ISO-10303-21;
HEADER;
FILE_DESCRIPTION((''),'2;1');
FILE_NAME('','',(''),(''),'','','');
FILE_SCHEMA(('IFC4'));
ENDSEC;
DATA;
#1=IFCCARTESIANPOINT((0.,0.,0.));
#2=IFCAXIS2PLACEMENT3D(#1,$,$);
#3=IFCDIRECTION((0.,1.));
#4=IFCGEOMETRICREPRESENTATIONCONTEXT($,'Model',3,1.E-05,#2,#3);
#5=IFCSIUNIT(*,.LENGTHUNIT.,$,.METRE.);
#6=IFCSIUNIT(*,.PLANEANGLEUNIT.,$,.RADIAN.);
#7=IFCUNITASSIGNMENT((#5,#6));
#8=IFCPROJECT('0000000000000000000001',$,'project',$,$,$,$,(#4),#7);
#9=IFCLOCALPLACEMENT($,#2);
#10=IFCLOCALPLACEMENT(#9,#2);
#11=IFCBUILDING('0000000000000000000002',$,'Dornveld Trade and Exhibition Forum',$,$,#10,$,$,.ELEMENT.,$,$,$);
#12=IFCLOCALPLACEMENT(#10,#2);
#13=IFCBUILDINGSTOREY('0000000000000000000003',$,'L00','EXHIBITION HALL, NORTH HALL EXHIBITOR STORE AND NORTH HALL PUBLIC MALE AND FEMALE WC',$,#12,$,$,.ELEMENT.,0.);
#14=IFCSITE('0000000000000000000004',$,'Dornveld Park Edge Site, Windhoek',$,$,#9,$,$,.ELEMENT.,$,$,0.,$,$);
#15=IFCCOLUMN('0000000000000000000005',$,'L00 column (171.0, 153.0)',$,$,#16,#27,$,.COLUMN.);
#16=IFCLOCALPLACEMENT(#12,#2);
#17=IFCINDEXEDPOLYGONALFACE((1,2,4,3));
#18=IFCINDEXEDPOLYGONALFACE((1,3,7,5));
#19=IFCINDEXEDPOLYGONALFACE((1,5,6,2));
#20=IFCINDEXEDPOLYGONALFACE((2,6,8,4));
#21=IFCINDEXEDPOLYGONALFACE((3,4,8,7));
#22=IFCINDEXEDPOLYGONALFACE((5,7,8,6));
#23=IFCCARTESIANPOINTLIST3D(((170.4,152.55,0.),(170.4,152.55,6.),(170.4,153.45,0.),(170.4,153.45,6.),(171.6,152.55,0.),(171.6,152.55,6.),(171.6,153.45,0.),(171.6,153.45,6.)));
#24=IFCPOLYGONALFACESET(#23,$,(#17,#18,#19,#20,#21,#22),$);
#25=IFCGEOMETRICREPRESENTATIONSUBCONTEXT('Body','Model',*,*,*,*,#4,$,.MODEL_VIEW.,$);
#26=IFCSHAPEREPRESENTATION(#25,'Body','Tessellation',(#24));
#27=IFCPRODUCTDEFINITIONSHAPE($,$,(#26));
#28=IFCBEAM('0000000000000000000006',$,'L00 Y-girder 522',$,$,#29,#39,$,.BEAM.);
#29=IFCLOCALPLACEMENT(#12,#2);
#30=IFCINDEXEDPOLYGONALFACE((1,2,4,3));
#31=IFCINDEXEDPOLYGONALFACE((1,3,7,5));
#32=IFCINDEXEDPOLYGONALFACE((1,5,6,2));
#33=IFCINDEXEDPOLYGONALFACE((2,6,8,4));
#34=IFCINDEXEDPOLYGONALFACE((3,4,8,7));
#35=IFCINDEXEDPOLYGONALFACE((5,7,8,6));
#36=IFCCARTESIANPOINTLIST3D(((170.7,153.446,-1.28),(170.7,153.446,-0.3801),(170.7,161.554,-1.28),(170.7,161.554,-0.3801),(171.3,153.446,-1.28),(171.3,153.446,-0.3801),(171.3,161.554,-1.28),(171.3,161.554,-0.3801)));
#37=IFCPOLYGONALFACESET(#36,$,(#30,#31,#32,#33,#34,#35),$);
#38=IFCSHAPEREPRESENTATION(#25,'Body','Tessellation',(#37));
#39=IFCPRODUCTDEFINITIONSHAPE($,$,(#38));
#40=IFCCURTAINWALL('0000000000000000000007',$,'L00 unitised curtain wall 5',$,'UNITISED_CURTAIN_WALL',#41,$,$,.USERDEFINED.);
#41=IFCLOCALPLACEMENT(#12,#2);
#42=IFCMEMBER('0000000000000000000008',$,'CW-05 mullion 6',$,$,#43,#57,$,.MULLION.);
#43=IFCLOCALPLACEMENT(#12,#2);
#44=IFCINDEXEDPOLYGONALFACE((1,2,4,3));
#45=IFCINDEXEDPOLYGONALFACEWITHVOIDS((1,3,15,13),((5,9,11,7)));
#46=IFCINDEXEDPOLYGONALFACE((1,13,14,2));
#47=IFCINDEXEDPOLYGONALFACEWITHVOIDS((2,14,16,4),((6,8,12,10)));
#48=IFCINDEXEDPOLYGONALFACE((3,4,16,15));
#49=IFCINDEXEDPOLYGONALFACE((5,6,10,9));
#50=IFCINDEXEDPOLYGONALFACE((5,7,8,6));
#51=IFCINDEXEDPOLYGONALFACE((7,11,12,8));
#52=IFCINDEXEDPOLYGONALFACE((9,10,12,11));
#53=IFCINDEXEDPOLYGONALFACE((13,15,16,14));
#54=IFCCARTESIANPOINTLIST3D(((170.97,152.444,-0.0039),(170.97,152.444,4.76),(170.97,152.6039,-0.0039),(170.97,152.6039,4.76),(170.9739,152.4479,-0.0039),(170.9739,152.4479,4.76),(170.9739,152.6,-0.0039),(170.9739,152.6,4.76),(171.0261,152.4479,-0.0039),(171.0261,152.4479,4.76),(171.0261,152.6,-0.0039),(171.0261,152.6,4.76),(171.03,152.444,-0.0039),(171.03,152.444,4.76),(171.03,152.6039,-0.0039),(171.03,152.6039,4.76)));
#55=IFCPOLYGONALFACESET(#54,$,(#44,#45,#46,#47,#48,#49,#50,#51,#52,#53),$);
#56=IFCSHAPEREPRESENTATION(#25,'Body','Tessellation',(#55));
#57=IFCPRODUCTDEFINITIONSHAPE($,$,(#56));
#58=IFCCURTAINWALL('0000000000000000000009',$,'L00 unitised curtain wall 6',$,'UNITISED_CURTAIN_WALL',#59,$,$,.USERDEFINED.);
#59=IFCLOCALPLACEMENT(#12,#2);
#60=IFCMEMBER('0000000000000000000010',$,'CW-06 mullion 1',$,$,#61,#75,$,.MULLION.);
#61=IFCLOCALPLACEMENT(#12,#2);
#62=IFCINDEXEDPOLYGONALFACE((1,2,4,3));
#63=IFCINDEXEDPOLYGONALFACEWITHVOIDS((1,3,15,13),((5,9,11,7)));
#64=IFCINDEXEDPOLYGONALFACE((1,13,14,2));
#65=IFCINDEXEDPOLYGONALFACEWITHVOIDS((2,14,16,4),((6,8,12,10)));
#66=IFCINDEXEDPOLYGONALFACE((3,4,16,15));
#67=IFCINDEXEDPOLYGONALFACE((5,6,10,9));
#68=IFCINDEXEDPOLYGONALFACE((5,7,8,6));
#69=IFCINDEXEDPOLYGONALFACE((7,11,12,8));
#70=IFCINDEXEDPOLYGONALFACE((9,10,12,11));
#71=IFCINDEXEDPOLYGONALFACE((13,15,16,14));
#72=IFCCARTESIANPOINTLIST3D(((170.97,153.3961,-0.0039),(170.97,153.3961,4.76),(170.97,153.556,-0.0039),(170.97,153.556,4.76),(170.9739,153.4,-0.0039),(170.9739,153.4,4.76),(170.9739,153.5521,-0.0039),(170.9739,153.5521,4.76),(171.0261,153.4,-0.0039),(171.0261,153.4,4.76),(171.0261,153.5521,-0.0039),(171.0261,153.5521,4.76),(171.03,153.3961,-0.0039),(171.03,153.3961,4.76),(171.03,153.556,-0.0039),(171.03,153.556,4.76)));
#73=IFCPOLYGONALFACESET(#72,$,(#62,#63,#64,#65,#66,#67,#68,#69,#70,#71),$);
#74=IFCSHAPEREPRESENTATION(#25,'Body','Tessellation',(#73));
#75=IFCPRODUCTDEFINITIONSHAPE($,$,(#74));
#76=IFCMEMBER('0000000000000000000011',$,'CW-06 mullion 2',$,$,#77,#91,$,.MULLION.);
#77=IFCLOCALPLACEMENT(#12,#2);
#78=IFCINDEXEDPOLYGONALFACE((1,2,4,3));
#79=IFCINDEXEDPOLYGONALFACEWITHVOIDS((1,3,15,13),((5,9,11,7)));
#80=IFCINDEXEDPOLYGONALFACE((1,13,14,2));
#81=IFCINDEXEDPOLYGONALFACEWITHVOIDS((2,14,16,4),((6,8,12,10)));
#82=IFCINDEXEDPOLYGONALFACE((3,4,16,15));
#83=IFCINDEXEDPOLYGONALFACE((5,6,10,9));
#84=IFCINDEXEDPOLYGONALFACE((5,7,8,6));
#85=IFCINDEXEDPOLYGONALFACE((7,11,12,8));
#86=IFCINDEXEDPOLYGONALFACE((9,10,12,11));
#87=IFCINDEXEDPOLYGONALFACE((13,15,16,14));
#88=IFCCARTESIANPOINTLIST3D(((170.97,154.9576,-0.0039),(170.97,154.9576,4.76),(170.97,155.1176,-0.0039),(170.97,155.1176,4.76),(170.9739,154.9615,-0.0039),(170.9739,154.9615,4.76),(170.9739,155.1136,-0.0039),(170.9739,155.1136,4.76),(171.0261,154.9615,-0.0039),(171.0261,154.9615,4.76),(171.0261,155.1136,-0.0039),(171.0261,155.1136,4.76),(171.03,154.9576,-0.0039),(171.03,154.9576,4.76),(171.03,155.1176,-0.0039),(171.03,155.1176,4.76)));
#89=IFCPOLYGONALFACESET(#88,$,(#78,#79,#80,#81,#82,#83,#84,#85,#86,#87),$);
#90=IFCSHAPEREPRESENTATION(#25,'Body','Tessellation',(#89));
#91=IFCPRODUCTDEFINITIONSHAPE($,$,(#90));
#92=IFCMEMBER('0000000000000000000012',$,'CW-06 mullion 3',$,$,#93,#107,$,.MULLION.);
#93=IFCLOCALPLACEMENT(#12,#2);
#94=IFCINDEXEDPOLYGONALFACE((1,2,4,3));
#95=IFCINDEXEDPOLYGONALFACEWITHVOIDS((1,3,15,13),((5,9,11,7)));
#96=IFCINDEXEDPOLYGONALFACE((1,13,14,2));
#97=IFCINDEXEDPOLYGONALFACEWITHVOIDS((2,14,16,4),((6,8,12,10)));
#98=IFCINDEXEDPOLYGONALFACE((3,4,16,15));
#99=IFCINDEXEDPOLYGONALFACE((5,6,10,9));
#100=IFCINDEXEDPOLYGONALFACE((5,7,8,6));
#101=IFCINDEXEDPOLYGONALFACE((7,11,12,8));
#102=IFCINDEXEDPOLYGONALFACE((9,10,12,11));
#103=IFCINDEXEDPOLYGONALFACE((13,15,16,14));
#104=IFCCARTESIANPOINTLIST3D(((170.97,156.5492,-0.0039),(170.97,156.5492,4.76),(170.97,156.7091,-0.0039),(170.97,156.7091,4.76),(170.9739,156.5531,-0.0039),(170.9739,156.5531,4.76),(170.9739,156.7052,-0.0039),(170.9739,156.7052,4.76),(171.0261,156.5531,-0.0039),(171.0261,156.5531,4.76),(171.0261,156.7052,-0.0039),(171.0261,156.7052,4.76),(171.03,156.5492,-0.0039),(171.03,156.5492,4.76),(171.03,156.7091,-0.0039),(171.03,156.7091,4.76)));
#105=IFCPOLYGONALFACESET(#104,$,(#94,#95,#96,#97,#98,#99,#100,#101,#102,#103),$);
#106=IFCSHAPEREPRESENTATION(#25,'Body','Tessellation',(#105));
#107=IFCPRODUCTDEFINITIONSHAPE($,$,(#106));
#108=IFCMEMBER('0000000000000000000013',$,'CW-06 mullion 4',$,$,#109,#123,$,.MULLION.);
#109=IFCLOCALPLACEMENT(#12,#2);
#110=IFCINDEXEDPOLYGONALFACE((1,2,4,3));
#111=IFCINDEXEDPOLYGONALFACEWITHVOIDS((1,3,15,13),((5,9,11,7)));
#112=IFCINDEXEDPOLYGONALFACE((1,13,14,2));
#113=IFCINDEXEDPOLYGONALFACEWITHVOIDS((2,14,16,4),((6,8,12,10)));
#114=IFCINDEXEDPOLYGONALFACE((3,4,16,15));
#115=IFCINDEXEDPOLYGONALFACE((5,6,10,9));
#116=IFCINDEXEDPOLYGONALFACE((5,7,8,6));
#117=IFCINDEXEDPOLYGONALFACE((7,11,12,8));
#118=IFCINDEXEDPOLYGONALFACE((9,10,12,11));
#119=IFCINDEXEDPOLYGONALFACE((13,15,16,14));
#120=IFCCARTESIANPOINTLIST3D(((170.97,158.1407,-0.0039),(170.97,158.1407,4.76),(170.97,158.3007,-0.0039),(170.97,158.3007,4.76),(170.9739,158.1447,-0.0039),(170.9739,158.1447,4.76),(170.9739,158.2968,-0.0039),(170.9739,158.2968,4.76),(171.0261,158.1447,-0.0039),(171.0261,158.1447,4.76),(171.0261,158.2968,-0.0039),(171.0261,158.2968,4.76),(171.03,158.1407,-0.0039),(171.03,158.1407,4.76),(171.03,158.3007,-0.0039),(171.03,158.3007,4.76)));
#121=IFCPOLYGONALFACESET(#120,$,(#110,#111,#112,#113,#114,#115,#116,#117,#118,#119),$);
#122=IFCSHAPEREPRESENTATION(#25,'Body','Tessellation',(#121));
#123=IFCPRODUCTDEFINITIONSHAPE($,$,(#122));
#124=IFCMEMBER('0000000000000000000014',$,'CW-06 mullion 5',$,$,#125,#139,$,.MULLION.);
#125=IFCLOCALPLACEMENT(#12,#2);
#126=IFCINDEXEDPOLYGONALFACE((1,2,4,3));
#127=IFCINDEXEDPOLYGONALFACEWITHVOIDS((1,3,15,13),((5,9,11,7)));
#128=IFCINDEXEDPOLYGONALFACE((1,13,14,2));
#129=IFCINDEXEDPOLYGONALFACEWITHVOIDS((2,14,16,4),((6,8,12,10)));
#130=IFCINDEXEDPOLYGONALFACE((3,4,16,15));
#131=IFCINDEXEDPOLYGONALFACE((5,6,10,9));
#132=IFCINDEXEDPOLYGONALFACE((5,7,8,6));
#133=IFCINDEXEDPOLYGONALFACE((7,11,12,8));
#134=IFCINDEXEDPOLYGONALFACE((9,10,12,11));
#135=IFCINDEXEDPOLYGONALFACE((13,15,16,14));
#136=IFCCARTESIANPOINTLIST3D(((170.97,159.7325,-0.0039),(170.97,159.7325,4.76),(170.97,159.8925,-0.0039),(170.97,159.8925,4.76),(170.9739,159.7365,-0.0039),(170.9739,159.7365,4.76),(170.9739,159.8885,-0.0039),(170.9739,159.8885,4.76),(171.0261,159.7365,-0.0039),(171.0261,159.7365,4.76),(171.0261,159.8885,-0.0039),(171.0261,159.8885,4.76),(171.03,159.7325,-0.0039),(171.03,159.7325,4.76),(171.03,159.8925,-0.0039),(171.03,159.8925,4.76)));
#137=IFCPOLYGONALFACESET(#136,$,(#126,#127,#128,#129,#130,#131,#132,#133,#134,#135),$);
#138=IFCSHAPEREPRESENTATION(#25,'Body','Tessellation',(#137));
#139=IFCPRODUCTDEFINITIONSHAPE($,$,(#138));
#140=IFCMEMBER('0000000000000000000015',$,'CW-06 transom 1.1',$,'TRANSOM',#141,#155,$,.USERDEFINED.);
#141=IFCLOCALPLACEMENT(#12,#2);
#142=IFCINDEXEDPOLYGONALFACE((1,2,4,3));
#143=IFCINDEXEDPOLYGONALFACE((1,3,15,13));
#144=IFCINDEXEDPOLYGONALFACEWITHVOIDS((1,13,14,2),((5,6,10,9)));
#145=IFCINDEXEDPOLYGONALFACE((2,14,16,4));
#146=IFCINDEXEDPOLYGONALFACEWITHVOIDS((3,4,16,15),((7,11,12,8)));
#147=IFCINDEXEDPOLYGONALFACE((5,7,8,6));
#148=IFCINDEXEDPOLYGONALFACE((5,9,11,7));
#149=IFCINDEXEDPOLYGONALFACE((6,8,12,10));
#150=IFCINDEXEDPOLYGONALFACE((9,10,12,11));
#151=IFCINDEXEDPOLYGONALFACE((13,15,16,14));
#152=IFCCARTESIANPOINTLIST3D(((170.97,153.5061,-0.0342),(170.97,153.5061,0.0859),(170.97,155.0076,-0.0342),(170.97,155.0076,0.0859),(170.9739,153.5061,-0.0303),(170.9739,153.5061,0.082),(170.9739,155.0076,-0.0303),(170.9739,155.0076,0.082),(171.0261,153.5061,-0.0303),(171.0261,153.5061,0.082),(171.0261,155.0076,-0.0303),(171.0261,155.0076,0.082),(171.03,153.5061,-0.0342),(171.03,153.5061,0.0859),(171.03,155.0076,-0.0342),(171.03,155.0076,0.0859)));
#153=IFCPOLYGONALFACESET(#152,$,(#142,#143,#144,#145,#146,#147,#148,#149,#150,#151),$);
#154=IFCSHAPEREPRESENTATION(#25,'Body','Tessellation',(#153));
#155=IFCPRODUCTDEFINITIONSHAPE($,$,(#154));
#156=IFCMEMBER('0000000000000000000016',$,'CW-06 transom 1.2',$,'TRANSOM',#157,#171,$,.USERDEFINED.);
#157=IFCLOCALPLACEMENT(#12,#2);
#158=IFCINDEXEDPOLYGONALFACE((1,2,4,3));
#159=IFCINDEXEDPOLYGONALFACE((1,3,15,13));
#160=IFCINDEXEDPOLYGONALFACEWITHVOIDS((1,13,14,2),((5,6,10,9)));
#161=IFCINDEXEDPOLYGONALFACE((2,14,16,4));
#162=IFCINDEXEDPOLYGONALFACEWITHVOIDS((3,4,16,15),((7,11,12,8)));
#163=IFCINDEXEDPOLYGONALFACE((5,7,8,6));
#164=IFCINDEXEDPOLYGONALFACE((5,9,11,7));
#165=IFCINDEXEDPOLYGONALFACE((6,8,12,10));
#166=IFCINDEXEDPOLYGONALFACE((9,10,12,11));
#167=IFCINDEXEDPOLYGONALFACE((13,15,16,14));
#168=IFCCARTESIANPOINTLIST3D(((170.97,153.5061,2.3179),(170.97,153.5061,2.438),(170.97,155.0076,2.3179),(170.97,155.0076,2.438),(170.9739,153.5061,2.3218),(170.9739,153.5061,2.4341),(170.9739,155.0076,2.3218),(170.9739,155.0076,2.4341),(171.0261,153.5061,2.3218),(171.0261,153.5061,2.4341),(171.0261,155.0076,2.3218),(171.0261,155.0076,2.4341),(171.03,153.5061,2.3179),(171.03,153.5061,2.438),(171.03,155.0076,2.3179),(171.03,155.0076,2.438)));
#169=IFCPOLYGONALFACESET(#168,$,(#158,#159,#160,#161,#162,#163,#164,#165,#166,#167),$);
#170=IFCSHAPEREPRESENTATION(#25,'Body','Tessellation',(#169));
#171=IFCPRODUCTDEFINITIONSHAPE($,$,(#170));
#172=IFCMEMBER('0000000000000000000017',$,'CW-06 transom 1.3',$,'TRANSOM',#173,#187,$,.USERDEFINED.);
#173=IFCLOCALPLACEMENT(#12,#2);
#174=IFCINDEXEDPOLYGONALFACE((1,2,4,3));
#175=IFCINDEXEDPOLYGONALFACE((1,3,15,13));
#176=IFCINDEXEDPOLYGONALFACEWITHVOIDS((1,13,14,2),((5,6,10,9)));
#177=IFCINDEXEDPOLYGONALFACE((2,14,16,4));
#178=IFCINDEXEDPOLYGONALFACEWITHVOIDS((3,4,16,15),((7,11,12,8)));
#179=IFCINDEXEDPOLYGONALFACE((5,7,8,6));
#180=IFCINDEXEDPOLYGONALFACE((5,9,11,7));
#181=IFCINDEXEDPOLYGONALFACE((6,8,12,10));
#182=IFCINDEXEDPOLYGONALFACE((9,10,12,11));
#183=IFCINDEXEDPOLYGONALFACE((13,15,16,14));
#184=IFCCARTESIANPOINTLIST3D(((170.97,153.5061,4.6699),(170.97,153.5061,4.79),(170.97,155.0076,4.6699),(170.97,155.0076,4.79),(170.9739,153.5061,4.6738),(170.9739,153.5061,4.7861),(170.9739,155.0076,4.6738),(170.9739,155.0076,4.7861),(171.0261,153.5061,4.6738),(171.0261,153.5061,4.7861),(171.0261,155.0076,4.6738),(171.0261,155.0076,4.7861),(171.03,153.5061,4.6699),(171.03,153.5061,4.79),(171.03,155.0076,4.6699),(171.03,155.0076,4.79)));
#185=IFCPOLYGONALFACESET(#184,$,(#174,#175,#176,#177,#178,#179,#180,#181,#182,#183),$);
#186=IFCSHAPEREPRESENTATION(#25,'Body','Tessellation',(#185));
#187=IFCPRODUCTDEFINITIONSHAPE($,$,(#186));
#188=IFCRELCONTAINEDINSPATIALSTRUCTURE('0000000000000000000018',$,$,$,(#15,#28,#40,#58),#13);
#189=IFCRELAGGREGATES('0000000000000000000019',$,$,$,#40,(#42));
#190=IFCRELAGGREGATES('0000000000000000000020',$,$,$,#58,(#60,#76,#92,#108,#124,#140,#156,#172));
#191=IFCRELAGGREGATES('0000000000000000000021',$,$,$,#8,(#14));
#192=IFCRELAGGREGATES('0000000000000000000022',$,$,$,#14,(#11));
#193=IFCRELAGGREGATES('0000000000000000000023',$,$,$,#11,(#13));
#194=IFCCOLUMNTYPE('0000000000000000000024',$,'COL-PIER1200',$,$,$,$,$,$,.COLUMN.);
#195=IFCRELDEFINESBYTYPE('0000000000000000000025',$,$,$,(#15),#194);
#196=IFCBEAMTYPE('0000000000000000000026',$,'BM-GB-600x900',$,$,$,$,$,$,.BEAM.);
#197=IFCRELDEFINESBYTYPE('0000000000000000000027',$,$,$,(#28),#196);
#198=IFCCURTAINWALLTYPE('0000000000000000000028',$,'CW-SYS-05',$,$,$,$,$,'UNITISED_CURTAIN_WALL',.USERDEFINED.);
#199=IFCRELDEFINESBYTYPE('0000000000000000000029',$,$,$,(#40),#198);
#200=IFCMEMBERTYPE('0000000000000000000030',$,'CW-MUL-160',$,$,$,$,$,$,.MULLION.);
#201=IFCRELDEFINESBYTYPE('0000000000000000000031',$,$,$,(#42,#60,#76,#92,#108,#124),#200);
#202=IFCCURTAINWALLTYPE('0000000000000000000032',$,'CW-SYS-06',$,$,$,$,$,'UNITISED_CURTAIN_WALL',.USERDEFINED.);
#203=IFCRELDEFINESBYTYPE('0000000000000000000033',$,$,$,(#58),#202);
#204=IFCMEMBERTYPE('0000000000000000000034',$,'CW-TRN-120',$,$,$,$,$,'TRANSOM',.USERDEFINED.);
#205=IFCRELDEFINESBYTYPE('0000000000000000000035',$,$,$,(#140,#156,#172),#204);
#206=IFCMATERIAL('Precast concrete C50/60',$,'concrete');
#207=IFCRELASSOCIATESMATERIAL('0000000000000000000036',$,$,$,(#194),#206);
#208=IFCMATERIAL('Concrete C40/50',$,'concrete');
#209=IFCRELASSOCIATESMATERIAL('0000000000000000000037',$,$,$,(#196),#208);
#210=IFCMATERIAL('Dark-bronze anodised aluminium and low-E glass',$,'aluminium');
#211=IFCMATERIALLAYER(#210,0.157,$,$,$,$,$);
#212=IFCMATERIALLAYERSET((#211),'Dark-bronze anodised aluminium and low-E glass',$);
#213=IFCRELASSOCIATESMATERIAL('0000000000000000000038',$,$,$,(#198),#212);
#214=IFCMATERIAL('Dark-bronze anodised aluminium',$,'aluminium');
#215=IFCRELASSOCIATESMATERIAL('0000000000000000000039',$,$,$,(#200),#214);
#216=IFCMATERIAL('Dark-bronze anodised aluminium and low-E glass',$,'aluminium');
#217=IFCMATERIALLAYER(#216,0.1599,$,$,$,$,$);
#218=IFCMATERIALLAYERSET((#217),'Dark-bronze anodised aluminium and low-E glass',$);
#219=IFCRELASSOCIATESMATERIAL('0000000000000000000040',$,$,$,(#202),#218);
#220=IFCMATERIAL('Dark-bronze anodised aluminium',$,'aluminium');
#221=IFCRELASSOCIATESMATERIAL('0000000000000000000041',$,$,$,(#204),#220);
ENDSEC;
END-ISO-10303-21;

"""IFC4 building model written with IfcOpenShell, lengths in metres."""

from ifc_helpers import new_model, si_unit, direction, frame, origin, origin_2d, place, context, subcontext, project, spatial, rectangle, hollow_rectangle, extrude, material, layer, layer_set, material_profile, profile_set, type_object, element, aggregate, save


model = new_model("IFC4")

# Units and contexts
model_context = context("Model", 3, precision=1e-05, world=origin(), true_north=direction((0.0, 1.0)))
body_context = subcontext(model_context, "Body", "Model", "MODEL_VIEW")
ifc_project = project(units=[si_unit("LENGTHUNIT", "METRE"), si_unit("PLANEANGLEUNIT", "RADIAN")], contexts=[model_context])

# Site, building, storey
site_placement = place(None, origin())
site = spatial("IfcSite", under=ifc_project, at=site_placement, Name="Dornveld Park Edge Site, Windhoek", CompositionType="ELEMENT", RefElevation=0.0)
building_placement = place(site_placement, origin())
building = spatial("IfcBuilding", under=site, at=building_placement, Name="Dornveld Trade and Exhibition Forum", CompositionType="ELEMENT")
storey_placement = place(building_placement, origin())
storey = spatial("IfcBuildingStorey", under=building, at=storey_placement, Name="L00", Description="EXHIBITION HALL, NORTH HALL EXHIBITOR STORE AND NORTH HALL PUBLIC MALE AND FEMALE WC", CompositionType="ELEMENT", Elevation=0.0)

# Column
ifc_material_1 = material(Name="Precast concrete C50/60", Category="concrete")
ifc_material_profile_1 = material_profile(ifc_material_1, rectangle(XDim=1.2, YDim=0.8999, at=origin_2d()), Name="PC-PIER 1200x900")
ifc_profile_set_1 = profile_set([ifc_material_profile_1], Name="Precast concrete C50/60")
column_type = type_object("IfcColumnType", Name="COL-PIER1200", PredefinedType="COLUMN", material=ifc_profile_set_1)
column_placement = place(storey_placement, frame((171.0, 153.0, 0.0), z_axis=(0.0, 0.0, 1.0), x_axis=(1.0, 0.0, 0.0)))
element("IfcColumn", 1, at=column_placement, inside=storey, type_object=column_type, Name="L00 column (171.0, 153.0)", PredefinedType="COLUMN", context=body_context, shape_type="SweptSolid", body=[
    extrude(rectangle(XDim=1.2, YDim=0.8999, at=origin_2d()), origin(), (0.0, 0.0, 1.0), 6.0),
])

# Beam
ifc_material_2 = material(Name="Concrete C40/50", Category="concrete")
ifc_material_profile_2 = material_profile(ifc_material_2, rectangle(XDim=0.6001, YDim=0.8999, at=origin_2d()), Name="RC-GB 600x900")
ifc_profile_set_2 = profile_set([ifc_material_profile_2], Name="Concrete C40/50")
beam_type = type_object("IfcBeamType", Name="BM-GB-600x900", PredefinedType="BEAM", material=ifc_profile_set_2)
beam_placement = place(storey_placement, frame((171.0, 153.446, -0.8301), z_axis=(0.0, 1.0, 0.0), x_axis=(-1.0, 0.0, 0.0)))
element("IfcBeam", 2, at=beam_placement, inside=storey, type_object=beam_type, Name="L00 Y-girder 522", PredefinedType="BEAM", context=body_context, shape_type="SweptSolid", body=[
    extrude(rectangle(XDim=0.6001, YDim=0.8999, at=origin_2d()), origin(), (0.0, 0.0, 1.0), 8.1079),
])

# Curtain wall, member
ifc_material_3 = material(Name="Dark-bronze anodised aluminium and low-E glass", Category="aluminium")
ifc_layer_1 = layer(ifc_material_3, 0.157)
ifc_layer_set_1 = layer_set([ifc_layer_1], Name="Dark-bronze anodised aluminium and low-E glass")
curtain_wall_type_1 = type_object("IfcCurtainWallType", Name="CW-SYS-05", ElementType="UNITISED_CURTAIN_WALL", PredefinedType="USERDEFINED", material=ifc_layer_set_1)
curtain_wall_1_placement = place(storey_placement, origin())
curtain_wall_1 = element("IfcCurtainWall", 3, at=curtain_wall_1_placement, inside=storey, type_object=curtain_wall_type_1, Name="L00 unitised curtain wall 5", ObjectType="UNITISED_CURTAIN_WALL", PredefinedType="USERDEFINED")
ifc_material_4 = material(Name="Dark-bronze anodised aluminium", Category="aluminium")
ifc_material_profile_3 = material_profile(ifc_material_4, hollow_rectangle(XDim=0.0601, YDim=0.1599, WallThickness=0.0039, at=origin_2d()), Name="RHS 160x60x4")
ifc_profile_set_3 = profile_set([ifc_material_profile_3], Name="Dark-bronze anodised aluminium")
member_type_1 = type_object("IfcMemberType", Name="CW-MUL-160", PredefinedType="MULLION", material=ifc_profile_set_3)
member_1_placement = place(storey_placement, frame((171.0, 152.5239, -0.0039), z_axis=(0.0, 0.0, 1.0), x_axis=(-1.0, 0.0, 0.0)))
member_1 = element("IfcMember", 4, at=member_1_placement, type_object=member_type_1, Name="CW-05 mullion 6", PredefinedType="MULLION", context=body_context, shape_type="SweptSolid", body=[
    extrude(hollow_rectangle(XDim=0.0601, YDim=0.1599, WallThickness=0.0039, at=origin_2d()), origin(), (0.0, 0.0, 1.0), 4.7639),
])
aggregate(curtain_wall_1, [member_1])

# Curtain wall, members
ifc_material_5 = material(Name="Dark-bronze anodised aluminium and low-E glass", Category="aluminium")
ifc_layer_2 = layer(ifc_material_5, 0.1599)
ifc_layer_set_2 = layer_set([ifc_layer_2], Name="Dark-bronze anodised aluminium and low-E glass")
curtain_wall_type_2 = type_object("IfcCurtainWallType", Name="CW-SYS-06", ElementType="UNITISED_CURTAIN_WALL", PredefinedType="USERDEFINED", material=ifc_layer_set_2)
curtain_wall_2_placement = place(storey_placement, origin())
curtain_wall_2 = element("IfcCurtainWall", 5, at=curtain_wall_2_placement, inside=storey, type_object=curtain_wall_type_2, Name="L00 unitised curtain wall 6", ObjectType="UNITISED_CURTAIN_WALL", PredefinedType="USERDEFINED")
member_2_placement = place(storey_placement, frame((171.0, 153.4761, -0.0039), z_axis=(0.0, 0.0, 1.0), x_axis=(-1.0, 0.0, 0.0)))
member_2 = element("IfcMember", 6, at=member_2_placement, type_object=member_type_1, Name="CW-06 mullion 1", PredefinedType="MULLION", context=body_context, shape_type="SweptSolid", body=[
    extrude(hollow_rectangle(XDim=0.0601, YDim=0.1599, WallThickness=0.0039, at=origin_2d()), origin(), (0.0, 0.0, 1.0), 4.7639),
])
member_3_placement = place(storey_placement, frame((171.0, 155.0376, -0.0039), z_axis=(0.0, 0.0, 1.0), x_axis=(-1.0, 0.0, 0.0)))
member_3 = element("IfcMember", 7, at=member_3_placement, type_object=member_type_1, Name="CW-06 mullion 2", PredefinedType="MULLION", context=body_context, shape_type="SweptSolid", body=[
    extrude(hollow_rectangle(XDim=0.0601, YDim=0.1599, WallThickness=0.0039, at=origin_2d()), origin(), (0.0, 0.0, 1.0), 4.7639),
])
member_4_placement = place(storey_placement, frame((171.0, 156.6292, -0.0039), z_axis=(0.0, 0.0, 1.0), x_axis=(-1.0, 0.0, 0.0)))
member_4 = element("IfcMember", 8, at=member_4_placement, type_object=member_type_1, Name="CW-06 mullion 3", PredefinedType="MULLION", context=body_context, shape_type="SweptSolid", body=[
    extrude(hollow_rectangle(XDim=0.0601, YDim=0.1599, WallThickness=0.0039, at=origin_2d()), origin(), (0.0, 0.0, 1.0), 4.7639),
])
member_5_placement = place(storey_placement, frame((171.0, 158.2207, -0.0039), z_axis=(0.0, 0.0, 1.0), x_axis=(-1.0, 0.0, 0.0)))
member_5 = element("IfcMember", 9, at=member_5_placement, type_object=member_type_1, Name="CW-06 mullion 4", PredefinedType="MULLION", context=body_context, shape_type="SweptSolid", body=[
    extrude(hollow_rectangle(XDim=0.0601, YDim=0.1599, WallThickness=0.0039, at=origin_2d()), origin(), (0.0, 0.0, 1.0), 4.7639),
])
member_6_placement = place(storey_placement, frame((171.0, 159.8125, -0.0039), z_axis=(0.0, 0.0, 1.0), x_axis=(-1.0, 0.0, 0.0)))
member_6 = element("IfcMember", 10, at=member_6_placement, type_object=member_type_1, Name="CW-06 mullion 5", PredefinedType="MULLION", context=body_context, shape_type="SweptSolid", body=[
    extrude(hollow_rectangle(XDim=0.0601, YDim=0.1599, WallThickness=0.0039, at=origin_2d()), origin(), (0.0, 0.0, 1.0), 4.7639),
])
ifc_material_6 = material(Name="Dark-bronze anodised aluminium", Category="aluminium")
ifc_material_profile_4 = material_profile(ifc_material_6, hollow_rectangle(XDim=0.0601, YDim=0.1201, WallThickness=0.0039, at=origin_2d()), Name="RHS 120x60x4")
ifc_profile_set_4 = profile_set([ifc_material_profile_4], Name="Dark-bronze anodised aluminium")
member_type_2 = type_object("IfcMemberType", Name="CW-TRN-120", ElementType="TRANSOM", PredefinedType="USERDEFINED", material=ifc_profile_set_4)
member_7_placement = place(storey_placement, frame((171.0, 153.5061, 0.0259), z_axis=(0.0, 1.0, 0.0), x_axis=(-1.0, 0.0, 0.0)))
member_7 = element("IfcMember", 11, at=member_7_placement, type_object=member_type_2, Name="CW-06 transom 1.1", ObjectType="TRANSOM", PredefinedType="USERDEFINED", context=body_context, shape_type="SweptSolid", body=[
    extrude(hollow_rectangle(XDim=0.0601, YDim=0.1201, WallThickness=0.0039, at=origin_2d()), origin(), (0.0, 0.0, 1.0), 1.5015),
])
member_8_placement = place(storey_placement, frame((171.0, 153.5061, 2.3779), z_axis=(0.0, 1.0, 0.0), x_axis=(-1.0, 0.0, 0.0)))
member_8 = element("IfcMember", 12, at=member_8_placement, type_object=member_type_2, Name="CW-06 transom 1.2", ObjectType="TRANSOM", PredefinedType="USERDEFINED", context=body_context, shape_type="SweptSolid", body=[
    extrude(hollow_rectangle(XDim=0.0601, YDim=0.1201, WallThickness=0.0039, at=origin_2d()), origin(), (0.0, 0.0, 1.0), 1.5015),
])
member_9_placement = place(storey_placement, frame((171.0, 153.5061, 4.73), z_axis=(0.0, 1.0, 0.0), x_axis=(-1.0, 0.0, 0.0)))
member_9 = element("IfcMember", 13, at=member_9_placement, type_object=member_type_2, Name="CW-06 transom 1.3", ObjectType="TRANSOM", PredefinedType="USERDEFINED", context=body_context, shape_type="SweptSolid", body=[
    extrude(hollow_rectangle(XDim=0.0601, YDim=0.1201, WallThickness=0.0039, at=origin_2d()), origin(), (0.0, 0.0, 1.0), 1.5015),
])
aggregate(curtain_wall_2, [member_2, member_3, member_4, member_5, member_6, member_7, member_8, member_9])

save(model, "model.ifc")
